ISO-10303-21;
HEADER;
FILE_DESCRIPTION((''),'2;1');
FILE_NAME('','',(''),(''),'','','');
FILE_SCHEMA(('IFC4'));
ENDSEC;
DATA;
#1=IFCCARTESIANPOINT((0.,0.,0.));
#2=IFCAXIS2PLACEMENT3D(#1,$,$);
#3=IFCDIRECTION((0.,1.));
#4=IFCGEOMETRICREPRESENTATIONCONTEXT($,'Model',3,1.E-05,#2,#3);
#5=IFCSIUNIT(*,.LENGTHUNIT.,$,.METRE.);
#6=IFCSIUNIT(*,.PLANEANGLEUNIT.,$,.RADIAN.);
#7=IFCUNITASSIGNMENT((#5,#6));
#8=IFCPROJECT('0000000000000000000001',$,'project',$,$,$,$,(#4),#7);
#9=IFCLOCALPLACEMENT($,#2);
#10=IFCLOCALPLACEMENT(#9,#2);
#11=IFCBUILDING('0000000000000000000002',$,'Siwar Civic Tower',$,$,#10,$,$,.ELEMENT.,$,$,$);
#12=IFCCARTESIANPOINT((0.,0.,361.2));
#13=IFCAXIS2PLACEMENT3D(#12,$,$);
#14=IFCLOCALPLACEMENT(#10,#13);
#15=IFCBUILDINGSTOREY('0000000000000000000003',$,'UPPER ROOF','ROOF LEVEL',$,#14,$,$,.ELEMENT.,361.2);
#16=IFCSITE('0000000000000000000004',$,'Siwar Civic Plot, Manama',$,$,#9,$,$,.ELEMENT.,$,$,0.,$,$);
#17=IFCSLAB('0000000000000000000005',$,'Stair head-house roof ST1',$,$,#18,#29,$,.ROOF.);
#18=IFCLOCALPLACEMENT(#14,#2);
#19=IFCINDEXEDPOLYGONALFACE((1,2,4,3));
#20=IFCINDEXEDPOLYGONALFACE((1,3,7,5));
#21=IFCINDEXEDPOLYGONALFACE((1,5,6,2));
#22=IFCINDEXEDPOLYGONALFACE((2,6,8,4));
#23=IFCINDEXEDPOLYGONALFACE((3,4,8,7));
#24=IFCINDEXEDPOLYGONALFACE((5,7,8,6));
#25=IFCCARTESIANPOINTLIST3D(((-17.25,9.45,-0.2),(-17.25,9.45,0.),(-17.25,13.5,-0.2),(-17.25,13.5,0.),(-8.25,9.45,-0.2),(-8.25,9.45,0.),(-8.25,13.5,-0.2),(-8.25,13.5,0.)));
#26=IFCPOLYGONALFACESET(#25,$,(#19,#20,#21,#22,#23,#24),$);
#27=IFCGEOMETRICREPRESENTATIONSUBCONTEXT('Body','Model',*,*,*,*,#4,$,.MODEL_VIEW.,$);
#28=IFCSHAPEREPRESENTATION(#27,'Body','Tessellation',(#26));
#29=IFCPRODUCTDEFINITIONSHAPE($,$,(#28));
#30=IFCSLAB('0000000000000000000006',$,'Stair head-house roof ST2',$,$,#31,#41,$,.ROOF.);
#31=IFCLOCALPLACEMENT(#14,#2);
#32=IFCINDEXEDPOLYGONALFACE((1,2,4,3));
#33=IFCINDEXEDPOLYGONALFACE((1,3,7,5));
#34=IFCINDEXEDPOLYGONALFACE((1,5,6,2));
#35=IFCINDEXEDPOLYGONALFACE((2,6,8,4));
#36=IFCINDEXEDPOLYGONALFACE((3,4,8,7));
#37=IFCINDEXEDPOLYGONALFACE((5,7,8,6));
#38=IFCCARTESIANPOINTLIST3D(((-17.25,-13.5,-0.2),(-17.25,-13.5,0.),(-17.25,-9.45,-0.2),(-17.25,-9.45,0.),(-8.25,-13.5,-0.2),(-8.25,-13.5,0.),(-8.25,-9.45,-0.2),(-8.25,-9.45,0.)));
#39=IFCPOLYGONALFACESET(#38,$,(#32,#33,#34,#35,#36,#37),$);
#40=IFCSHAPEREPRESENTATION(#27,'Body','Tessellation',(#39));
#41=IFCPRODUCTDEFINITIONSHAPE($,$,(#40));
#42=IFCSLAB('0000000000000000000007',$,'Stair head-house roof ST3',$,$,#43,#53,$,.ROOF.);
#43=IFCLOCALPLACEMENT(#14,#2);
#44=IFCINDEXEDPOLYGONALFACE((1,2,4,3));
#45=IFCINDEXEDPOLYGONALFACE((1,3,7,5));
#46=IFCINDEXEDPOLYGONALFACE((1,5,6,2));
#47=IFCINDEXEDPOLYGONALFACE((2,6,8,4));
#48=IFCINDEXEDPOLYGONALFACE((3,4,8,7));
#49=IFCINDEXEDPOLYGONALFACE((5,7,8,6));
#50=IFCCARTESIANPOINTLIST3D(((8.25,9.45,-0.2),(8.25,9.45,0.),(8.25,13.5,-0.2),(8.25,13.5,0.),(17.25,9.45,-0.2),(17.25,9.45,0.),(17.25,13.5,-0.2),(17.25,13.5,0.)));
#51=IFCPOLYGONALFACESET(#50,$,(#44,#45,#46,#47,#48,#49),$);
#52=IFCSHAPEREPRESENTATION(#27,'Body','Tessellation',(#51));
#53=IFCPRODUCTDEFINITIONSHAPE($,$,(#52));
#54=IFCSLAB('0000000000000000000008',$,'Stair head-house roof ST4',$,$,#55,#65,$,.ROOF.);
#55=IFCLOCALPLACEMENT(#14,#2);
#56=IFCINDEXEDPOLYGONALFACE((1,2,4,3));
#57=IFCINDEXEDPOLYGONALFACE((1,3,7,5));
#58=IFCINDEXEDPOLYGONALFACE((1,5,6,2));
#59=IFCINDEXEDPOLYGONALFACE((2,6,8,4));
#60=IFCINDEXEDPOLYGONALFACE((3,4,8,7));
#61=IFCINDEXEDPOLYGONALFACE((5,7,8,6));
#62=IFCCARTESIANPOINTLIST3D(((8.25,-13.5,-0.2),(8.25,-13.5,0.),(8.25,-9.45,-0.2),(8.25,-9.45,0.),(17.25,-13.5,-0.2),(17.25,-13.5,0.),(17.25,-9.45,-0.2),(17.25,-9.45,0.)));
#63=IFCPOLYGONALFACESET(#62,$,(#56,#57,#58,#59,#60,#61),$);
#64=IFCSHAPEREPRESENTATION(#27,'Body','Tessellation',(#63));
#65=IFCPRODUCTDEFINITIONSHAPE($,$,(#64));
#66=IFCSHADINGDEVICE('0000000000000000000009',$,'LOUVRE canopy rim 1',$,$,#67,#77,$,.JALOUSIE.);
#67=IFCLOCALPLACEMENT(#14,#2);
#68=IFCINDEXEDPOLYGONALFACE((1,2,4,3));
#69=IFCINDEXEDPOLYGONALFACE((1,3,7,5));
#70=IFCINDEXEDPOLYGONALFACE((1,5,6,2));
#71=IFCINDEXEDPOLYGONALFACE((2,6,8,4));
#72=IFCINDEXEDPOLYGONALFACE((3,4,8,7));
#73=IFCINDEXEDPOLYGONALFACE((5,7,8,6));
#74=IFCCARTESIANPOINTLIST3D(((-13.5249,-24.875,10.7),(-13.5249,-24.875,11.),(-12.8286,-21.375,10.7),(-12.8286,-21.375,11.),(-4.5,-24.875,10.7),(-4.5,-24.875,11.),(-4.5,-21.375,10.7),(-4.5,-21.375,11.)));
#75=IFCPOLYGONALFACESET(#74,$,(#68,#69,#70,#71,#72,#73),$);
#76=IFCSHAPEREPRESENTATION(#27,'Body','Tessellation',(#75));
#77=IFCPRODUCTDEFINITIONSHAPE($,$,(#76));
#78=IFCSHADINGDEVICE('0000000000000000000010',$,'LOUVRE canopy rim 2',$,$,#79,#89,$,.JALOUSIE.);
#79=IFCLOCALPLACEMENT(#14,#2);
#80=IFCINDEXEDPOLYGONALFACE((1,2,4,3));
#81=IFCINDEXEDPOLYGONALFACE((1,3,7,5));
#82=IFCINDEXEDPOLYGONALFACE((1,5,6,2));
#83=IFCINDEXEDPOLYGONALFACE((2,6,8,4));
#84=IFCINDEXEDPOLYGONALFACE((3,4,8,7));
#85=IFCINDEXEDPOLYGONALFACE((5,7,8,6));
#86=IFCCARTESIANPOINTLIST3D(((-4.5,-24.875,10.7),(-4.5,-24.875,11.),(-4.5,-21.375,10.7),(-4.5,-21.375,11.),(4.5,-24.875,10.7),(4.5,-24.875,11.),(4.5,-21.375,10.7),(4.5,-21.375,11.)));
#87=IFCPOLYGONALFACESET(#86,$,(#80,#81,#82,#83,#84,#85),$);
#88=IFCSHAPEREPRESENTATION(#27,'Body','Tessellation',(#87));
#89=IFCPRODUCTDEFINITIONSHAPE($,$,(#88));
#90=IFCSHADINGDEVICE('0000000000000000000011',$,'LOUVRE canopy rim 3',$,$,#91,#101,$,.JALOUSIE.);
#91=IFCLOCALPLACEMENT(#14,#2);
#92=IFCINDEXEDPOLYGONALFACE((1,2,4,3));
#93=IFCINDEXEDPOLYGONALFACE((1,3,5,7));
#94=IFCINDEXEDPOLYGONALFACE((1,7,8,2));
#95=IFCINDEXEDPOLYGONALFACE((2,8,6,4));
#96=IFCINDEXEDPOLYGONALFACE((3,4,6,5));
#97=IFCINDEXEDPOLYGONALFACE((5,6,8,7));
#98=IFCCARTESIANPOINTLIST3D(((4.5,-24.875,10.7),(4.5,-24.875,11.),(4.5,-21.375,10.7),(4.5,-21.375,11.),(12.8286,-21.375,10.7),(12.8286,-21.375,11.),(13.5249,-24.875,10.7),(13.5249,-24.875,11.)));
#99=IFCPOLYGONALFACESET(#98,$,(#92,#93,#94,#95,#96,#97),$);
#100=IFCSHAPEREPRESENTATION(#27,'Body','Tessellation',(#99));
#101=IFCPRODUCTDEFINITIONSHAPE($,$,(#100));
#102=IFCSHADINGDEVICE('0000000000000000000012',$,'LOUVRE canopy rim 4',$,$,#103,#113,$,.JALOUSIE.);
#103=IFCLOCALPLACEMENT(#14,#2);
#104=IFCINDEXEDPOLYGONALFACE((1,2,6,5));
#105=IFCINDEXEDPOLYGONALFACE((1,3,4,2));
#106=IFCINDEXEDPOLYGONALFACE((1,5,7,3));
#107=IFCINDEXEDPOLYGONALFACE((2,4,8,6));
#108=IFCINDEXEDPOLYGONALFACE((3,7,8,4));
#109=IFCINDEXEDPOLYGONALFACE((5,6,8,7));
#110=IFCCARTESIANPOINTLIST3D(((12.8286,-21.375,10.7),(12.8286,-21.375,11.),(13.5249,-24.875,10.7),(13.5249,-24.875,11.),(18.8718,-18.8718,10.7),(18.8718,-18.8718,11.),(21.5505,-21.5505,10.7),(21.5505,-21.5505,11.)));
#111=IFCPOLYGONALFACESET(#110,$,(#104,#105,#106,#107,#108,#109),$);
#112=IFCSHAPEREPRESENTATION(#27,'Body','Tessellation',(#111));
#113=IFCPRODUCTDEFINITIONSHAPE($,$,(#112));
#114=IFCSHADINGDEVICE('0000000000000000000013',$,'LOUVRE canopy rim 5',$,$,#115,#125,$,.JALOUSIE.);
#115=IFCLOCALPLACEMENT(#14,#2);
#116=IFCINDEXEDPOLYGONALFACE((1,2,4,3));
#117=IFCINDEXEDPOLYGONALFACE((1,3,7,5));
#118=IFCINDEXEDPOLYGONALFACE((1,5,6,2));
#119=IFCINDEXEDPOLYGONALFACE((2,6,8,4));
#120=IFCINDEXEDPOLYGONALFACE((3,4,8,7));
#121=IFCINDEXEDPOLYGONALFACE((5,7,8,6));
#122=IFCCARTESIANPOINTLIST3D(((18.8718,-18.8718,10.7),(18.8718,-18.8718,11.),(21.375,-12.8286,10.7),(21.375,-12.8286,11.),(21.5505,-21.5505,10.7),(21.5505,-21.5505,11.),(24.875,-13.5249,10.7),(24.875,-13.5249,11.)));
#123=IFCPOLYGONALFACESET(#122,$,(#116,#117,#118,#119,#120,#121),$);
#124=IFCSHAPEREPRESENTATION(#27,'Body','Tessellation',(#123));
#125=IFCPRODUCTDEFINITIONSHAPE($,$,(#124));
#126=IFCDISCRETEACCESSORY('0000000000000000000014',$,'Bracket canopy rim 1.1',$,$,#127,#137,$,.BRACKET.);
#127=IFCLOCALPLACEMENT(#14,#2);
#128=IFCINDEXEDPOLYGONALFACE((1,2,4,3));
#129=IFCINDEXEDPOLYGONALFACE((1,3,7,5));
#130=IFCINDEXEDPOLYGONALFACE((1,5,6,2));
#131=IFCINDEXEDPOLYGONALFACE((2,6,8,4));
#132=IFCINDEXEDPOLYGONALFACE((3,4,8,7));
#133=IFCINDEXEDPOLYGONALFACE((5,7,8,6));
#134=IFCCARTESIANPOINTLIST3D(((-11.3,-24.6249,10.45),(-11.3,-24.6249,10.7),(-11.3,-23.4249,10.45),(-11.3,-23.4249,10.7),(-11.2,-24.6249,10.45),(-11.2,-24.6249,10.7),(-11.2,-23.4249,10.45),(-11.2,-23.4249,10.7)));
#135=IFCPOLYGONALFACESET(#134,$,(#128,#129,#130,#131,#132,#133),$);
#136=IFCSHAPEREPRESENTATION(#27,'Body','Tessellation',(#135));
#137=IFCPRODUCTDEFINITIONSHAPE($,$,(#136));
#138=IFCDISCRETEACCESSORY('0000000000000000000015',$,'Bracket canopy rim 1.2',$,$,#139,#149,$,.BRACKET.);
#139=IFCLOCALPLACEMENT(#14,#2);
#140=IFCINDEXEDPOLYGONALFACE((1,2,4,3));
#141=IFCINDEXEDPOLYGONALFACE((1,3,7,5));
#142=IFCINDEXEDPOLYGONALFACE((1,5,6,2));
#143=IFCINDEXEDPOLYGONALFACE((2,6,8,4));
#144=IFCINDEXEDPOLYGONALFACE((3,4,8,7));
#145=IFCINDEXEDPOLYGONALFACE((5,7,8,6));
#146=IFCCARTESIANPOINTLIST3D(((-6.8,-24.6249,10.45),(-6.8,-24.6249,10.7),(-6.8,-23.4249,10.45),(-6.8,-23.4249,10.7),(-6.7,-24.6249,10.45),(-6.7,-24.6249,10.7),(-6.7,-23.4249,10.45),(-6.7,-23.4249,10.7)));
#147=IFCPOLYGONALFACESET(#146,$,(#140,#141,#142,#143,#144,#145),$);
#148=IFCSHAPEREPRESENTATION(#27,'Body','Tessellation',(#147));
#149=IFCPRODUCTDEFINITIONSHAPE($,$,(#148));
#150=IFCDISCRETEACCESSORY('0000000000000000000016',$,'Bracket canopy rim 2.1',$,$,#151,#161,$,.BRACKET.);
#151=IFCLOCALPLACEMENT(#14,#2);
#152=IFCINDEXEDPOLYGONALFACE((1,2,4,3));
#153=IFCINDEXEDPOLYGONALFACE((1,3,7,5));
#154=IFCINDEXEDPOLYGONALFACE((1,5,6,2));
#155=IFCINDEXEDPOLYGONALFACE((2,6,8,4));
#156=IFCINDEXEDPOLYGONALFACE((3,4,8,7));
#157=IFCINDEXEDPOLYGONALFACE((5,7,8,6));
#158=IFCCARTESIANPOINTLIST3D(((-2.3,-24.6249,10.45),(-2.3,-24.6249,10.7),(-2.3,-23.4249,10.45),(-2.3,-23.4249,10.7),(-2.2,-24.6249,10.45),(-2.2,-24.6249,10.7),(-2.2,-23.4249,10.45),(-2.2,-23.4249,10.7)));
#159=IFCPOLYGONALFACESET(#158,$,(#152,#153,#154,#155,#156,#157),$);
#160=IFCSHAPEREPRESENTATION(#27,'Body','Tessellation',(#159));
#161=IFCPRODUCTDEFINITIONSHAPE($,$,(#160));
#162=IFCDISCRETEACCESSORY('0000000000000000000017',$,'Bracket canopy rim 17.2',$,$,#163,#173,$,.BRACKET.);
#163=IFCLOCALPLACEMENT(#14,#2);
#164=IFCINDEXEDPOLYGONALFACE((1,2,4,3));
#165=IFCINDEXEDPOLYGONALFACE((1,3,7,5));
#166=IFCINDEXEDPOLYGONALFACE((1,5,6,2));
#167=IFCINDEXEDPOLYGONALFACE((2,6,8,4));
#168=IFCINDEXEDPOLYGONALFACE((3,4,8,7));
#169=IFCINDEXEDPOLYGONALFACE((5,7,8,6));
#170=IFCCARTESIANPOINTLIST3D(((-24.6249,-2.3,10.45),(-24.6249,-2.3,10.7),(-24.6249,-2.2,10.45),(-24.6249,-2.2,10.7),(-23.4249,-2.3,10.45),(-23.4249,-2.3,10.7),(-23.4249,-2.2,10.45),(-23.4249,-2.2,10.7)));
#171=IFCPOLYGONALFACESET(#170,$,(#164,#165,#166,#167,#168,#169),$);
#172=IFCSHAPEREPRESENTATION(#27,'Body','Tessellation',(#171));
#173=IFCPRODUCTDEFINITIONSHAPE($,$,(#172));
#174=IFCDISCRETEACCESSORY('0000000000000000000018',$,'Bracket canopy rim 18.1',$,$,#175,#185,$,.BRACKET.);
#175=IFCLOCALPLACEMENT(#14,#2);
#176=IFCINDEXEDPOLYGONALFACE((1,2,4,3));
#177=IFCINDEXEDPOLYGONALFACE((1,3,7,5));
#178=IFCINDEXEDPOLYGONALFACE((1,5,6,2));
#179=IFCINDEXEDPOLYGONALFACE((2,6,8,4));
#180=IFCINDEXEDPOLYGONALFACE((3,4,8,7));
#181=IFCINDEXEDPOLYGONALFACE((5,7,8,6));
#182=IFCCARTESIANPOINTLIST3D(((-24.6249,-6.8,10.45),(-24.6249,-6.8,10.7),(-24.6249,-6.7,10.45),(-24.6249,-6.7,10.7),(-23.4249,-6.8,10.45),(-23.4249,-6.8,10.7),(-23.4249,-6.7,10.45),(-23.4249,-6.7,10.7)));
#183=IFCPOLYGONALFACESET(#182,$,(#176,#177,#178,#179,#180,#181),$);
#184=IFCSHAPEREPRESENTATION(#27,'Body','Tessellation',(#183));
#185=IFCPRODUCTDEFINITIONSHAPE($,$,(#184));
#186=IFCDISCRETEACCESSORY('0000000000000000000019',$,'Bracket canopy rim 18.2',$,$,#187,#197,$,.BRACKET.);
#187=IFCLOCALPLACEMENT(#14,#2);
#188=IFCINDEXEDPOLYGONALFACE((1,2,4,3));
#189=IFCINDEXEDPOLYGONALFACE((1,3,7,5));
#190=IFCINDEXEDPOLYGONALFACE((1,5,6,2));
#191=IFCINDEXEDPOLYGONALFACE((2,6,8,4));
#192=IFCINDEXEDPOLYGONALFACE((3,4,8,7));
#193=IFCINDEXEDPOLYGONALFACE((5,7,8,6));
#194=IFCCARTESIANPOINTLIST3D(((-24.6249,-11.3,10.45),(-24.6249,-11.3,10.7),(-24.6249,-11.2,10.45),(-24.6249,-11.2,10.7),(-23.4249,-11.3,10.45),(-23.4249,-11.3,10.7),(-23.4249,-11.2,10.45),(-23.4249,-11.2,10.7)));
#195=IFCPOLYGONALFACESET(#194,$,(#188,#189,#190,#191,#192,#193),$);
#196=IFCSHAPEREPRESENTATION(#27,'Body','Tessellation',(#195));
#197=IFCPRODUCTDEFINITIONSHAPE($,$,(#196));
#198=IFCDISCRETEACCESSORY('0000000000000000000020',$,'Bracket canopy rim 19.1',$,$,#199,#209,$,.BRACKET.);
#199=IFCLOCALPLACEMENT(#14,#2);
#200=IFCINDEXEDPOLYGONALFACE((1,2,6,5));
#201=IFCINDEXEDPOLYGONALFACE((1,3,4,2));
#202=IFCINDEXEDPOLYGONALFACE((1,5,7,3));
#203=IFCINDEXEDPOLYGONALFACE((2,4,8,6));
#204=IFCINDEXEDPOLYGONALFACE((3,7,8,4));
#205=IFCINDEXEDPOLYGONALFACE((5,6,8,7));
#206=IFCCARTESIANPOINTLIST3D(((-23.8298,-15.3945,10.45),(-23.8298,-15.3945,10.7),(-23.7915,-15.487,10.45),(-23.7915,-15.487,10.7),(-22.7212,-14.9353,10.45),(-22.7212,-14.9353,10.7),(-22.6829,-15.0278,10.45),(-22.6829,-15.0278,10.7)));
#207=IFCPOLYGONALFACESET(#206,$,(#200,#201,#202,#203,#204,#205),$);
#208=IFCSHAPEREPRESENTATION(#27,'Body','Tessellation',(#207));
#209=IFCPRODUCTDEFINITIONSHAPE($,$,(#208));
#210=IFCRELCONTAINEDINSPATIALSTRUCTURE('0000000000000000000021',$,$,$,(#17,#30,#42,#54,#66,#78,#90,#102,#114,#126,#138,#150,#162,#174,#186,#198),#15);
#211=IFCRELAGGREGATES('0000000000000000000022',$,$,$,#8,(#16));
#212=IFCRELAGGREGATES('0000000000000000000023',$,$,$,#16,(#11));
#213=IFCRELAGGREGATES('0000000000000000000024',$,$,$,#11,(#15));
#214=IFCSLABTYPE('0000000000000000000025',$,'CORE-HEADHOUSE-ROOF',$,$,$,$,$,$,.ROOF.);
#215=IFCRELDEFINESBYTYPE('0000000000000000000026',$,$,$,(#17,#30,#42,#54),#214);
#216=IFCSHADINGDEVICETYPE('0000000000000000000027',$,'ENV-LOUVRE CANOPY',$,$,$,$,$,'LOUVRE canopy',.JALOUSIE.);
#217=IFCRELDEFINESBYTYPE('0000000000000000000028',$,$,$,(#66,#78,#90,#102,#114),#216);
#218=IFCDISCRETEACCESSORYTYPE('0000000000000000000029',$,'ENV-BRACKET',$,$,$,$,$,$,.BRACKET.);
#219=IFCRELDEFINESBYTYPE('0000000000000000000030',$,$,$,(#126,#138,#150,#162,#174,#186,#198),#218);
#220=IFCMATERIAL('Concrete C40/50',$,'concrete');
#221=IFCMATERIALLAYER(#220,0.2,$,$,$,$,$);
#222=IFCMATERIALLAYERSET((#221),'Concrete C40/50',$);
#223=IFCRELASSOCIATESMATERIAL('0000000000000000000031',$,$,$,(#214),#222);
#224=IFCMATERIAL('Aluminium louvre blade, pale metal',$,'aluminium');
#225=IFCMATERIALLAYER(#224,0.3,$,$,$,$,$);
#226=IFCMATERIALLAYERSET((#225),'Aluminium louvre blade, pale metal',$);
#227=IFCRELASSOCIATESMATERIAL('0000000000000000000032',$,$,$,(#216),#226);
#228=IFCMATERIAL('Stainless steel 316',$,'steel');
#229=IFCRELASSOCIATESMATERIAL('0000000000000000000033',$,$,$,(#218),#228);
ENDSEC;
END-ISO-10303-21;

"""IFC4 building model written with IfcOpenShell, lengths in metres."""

from ifc_helpers import new_model, si_unit, direction, frame, origin, origin_2d, place, context, subcontext, project, spatial, polyline, rectangle, outline, extrude, material, layer, layer_set, type_object, element, save


model = new_model("IFC4")

# Units and contexts
model_context = context("Model", 3, precision=1e-05, world=origin(), true_north=direction((0.0, 1.0)))
body_context = subcontext(model_context, "Body", "Model", "MODEL_VIEW")
ifc_project = project(units=[si_unit("LENGTHUNIT", "METRE"), si_unit("PLANEANGLEUNIT", "RADIAN")], contexts=[model_context])

# Site, building, storey
site_placement = place(None, origin())
site = spatial("IfcSite", under=ifc_project, at=site_placement, Name="Siwar Civic Plot, Manama", CompositionType="ELEMENT", RefElevation=0.0)
building_placement = place(site_placement, origin())
building = spatial("IfcBuilding", under=site, at=building_placement, Name="Siwar Civic Tower", CompositionType="ELEMENT")
storey_placement = place(building_placement, frame((0.0, 0.0, 361.2)))
storey = spatial("IfcBuildingStorey", under=building, at=storey_placement, Name="UPPER ROOF", Description="ROOF LEVEL", CompositionType="ELEMENT", Elevation=361.2)

# Slabs
ifc_material_1 = material(Name="Concrete C40/50", Category="concrete")
ifc_layer_1 = layer(ifc_material_1, 0.2)
ifc_layer_set_1 = layer_set([ifc_layer_1], Name="Concrete C40/50")
slab_type = type_object("IfcSlabType", Name="CORE-HEADHOUSE-ROOF", PredefinedType="ROOF", material=ifc_layer_set_1)
slab_1_placement = place(storey_placement, frame((0.0, 0.0, -0.2)))
element("IfcSlab", 1, at=slab_1_placement, inside=storey, type_object=slab_type, Name="Stair head-house roof ST1", PredefinedType="ROOF", context=body_context, shape_type="SweptSolid", body=[
    extrude(outline(polyline([(-8.25, 13.5), (-17.25, 13.5), (-17.25, 9.45), (-8.25, 9.45), (-8.25, 13.5)])), origin(), (0.0, 0.0, 1.0), 0.2),
])
slab_2_placement = place(storey_placement, frame((0.0, 0.0, -0.2)))
element("IfcSlab", 2, at=slab_2_placement, inside=storey, type_object=slab_type, Name="Stair head-house roof ST2", PredefinedType="ROOF", context=body_context, shape_type="SweptSolid", body=[
    extrude(outline(polyline([(-8.25, -9.45), (-17.25, -9.45), (-17.25, -13.5), (-8.25, -13.5), (-8.25, -9.45)])), origin(), (0.0, 0.0, 1.0), 0.2),
])
slab_3_placement = place(storey_placement, frame((0.0, 0.0, -0.2)))
element("IfcSlab", 3, at=slab_3_placement, inside=storey, type_object=slab_type, Name="Stair head-house roof ST3", PredefinedType="ROOF", context=body_context, shape_type="SweptSolid", body=[
    extrude(outline(polyline([(8.25, 9.45), (17.25, 9.45), (17.25, 13.5), (8.25, 13.5), (8.25, 9.45)])), origin(), (0.0, 0.0, 1.0), 0.2),
])
slab_4_placement = place(storey_placement, frame((0.0, 0.0, -0.2)))
element("IfcSlab", 4, at=slab_4_placement, inside=storey, type_object=slab_type, Name="Stair head-house roof ST4", PredefinedType="ROOF", context=body_context, shape_type="SweptSolid", body=[
    extrude(outline(polyline([(8.25, -13.5), (17.25, -13.5), (17.25, -9.45), (8.25, -9.45), (8.25, -13.5)])), origin(), (0.0, 0.0, 1.0), 0.2),
])

# Shading devices
ifc_material_2 = material(Name="Aluminium louvre blade, pale metal", Category="aluminium")
ifc_layer_2 = layer(ifc_material_2, 0.3)
ifc_layer_set_2 = layer_set([ifc_layer_2], Name="Aluminium louvre blade, pale metal")
shading_device_type = type_object("IfcShadingDeviceType", Name="ENV-LOUVRE CANOPY", ElementType="LOUVRE canopy", PredefinedType="JALOUSIE", material=ifc_layer_set_2)
shading_device_1_placement = place(storey_placement, frame((0.0, 0.0, 10.7)))
element("IfcShadingDevice", 5, at=shading_device_1_placement, inside=storey, type_object=shading_device_type, Name="LOUVRE canopy rim 1", PredefinedType="JALOUSIE", context=body_context, shape_type="SweptSolid", body=[
    extrude(outline(polyline([(-13.5249, -24.875), (-4.5, -24.875), (-4.5, -21.375), (-12.8286, -21.375), (-13.5249, -24.875)])), origin(), (0.0, 0.0, 1.0), 0.3),
])
shading_device_2_placement = place(storey_placement, frame((0.0, 0.0, 10.7)))
element("IfcShadingDevice", 6, at=shading_device_2_placement, inside=storey, type_object=shading_device_type, Name="LOUVRE canopy rim 2", PredefinedType="JALOUSIE", context=body_context, shape_type="SweptSolid", body=[
    extrude(outline(polyline([(-4.5, -24.875), (4.5, -24.875), (4.5, -21.375), (-4.5, -21.375), (-4.5, -24.875)])), origin(), (0.0, 0.0, 1.0), 0.3),
])
shading_device_3_placement = place(storey_placement, frame((0.0, 0.0, 10.7)))
element("IfcShadingDevice", 7, at=shading_device_3_placement, inside=storey, type_object=shading_device_type, Name="LOUVRE canopy rim 3", PredefinedType="JALOUSIE", context=body_context, shape_type="SweptSolid", body=[
    extrude(outline(polyline([(4.5, -24.875), (13.5249, -24.875), (12.8286, -21.375), (4.5, -21.375), (4.5, -24.875)])), origin(), (0.0, 0.0, 1.0), 0.3),
])
shading_device_4_placement = place(storey_placement, frame((0.0, 0.0, 10.7)))
element("IfcShadingDevice", 8, at=shading_device_4_placement, inside=storey, type_object=shading_device_type, Name="LOUVRE canopy rim 4", PredefinedType="JALOUSIE", context=body_context, shape_type="SweptSolid", body=[
    extrude(outline(polyline([(13.5249, -24.875), (21.5505, -21.5505), (18.8718, -18.8718), (12.8286, -21.375), (13.5249, -24.875)])), origin(), (0.0, 0.0, 1.0), 0.3),
])
shading_device_5_placement = place(storey_placement, frame((0.0, 0.0, 10.7)))
element("IfcShadingDevice", 9, at=shading_device_5_placement, inside=storey, type_object=shading_device_type, Name="LOUVRE canopy rim 5", PredefinedType="JALOUSIE", context=body_context, shape_type="SweptSolid", body=[
    extrude(outline(polyline([(21.5505, -21.5505), (24.875, -13.5249), (21.375, -12.8286), (18.8718, -18.8718), (21.5505, -21.5505)])), origin(), (0.0, 0.0, 1.0), 0.3),
])

# Discrete accessories
ifc_material_3 = material(Name="Stainless steel 316", Category="steel")
discrete_accessory_type = type_object("IfcDiscreteAccessoryType", Name="ENV-BRACKET", PredefinedType="BRACKET", material=ifc_material_3)
for number, where, z_axis, x_axis, name in (
    (10, (-11.25, -24.0249, 10.45), (0.0, 0.0, 1.0), (1.0, 0.0, 0.0), "Bracket canopy rim 1.1"),
    (11, (-6.75, -24.0249, 10.45), (0.0, 0.0, 1.0), (1.0, 0.0, 0.0), "Bracket canopy rim 1.2"),
    (12, (-2.25, -24.0249, 10.45), (0.0, 0.0, 1.0), (1.0, 0.0, 0.0), "Bracket canopy rim 2.1"),
    (13, (-24.0249, -2.25, 10.45), (0.0, 0.0, 1.0), (0.0, -1.0, 0.0), "Bracket canopy rim 17.2"),
    (14, (-24.0249, -6.75, 10.45), (0.0, 0.0, 1.0), (0.0, -1.0, 0.0), "Bracket canopy rim 18.1"),
    (15, (-24.0249, -11.25, 10.45), (0.0, 0.0, 1.0), (0.0, -1.0, 0.0), "Bracket canopy rim 18.2"),
    (16, (-23.2563, -15.2112, 10.45), (0.0, 0.0, 1.0), (0.382683, -0.92388, 0.0), "Bracket canopy rim 19.1"),
):
    element("IfcDiscreteAccessory", number, at=place(storey_placement, frame(where, z_axis=z_axis, x_axis=x_axis)), inside=storey, type_object=discrete_accessory_type, Name=name, PredefinedType="BRACKET", context=body_context, shape_type="SweptSolid", body=[
        extrude(rectangle(XDim=0.1001, YDim=1.2, at=origin_2d()), origin(), (0.0, 0.0, 1.0), 0.25),
    ])

save(model, "model.ifc")
